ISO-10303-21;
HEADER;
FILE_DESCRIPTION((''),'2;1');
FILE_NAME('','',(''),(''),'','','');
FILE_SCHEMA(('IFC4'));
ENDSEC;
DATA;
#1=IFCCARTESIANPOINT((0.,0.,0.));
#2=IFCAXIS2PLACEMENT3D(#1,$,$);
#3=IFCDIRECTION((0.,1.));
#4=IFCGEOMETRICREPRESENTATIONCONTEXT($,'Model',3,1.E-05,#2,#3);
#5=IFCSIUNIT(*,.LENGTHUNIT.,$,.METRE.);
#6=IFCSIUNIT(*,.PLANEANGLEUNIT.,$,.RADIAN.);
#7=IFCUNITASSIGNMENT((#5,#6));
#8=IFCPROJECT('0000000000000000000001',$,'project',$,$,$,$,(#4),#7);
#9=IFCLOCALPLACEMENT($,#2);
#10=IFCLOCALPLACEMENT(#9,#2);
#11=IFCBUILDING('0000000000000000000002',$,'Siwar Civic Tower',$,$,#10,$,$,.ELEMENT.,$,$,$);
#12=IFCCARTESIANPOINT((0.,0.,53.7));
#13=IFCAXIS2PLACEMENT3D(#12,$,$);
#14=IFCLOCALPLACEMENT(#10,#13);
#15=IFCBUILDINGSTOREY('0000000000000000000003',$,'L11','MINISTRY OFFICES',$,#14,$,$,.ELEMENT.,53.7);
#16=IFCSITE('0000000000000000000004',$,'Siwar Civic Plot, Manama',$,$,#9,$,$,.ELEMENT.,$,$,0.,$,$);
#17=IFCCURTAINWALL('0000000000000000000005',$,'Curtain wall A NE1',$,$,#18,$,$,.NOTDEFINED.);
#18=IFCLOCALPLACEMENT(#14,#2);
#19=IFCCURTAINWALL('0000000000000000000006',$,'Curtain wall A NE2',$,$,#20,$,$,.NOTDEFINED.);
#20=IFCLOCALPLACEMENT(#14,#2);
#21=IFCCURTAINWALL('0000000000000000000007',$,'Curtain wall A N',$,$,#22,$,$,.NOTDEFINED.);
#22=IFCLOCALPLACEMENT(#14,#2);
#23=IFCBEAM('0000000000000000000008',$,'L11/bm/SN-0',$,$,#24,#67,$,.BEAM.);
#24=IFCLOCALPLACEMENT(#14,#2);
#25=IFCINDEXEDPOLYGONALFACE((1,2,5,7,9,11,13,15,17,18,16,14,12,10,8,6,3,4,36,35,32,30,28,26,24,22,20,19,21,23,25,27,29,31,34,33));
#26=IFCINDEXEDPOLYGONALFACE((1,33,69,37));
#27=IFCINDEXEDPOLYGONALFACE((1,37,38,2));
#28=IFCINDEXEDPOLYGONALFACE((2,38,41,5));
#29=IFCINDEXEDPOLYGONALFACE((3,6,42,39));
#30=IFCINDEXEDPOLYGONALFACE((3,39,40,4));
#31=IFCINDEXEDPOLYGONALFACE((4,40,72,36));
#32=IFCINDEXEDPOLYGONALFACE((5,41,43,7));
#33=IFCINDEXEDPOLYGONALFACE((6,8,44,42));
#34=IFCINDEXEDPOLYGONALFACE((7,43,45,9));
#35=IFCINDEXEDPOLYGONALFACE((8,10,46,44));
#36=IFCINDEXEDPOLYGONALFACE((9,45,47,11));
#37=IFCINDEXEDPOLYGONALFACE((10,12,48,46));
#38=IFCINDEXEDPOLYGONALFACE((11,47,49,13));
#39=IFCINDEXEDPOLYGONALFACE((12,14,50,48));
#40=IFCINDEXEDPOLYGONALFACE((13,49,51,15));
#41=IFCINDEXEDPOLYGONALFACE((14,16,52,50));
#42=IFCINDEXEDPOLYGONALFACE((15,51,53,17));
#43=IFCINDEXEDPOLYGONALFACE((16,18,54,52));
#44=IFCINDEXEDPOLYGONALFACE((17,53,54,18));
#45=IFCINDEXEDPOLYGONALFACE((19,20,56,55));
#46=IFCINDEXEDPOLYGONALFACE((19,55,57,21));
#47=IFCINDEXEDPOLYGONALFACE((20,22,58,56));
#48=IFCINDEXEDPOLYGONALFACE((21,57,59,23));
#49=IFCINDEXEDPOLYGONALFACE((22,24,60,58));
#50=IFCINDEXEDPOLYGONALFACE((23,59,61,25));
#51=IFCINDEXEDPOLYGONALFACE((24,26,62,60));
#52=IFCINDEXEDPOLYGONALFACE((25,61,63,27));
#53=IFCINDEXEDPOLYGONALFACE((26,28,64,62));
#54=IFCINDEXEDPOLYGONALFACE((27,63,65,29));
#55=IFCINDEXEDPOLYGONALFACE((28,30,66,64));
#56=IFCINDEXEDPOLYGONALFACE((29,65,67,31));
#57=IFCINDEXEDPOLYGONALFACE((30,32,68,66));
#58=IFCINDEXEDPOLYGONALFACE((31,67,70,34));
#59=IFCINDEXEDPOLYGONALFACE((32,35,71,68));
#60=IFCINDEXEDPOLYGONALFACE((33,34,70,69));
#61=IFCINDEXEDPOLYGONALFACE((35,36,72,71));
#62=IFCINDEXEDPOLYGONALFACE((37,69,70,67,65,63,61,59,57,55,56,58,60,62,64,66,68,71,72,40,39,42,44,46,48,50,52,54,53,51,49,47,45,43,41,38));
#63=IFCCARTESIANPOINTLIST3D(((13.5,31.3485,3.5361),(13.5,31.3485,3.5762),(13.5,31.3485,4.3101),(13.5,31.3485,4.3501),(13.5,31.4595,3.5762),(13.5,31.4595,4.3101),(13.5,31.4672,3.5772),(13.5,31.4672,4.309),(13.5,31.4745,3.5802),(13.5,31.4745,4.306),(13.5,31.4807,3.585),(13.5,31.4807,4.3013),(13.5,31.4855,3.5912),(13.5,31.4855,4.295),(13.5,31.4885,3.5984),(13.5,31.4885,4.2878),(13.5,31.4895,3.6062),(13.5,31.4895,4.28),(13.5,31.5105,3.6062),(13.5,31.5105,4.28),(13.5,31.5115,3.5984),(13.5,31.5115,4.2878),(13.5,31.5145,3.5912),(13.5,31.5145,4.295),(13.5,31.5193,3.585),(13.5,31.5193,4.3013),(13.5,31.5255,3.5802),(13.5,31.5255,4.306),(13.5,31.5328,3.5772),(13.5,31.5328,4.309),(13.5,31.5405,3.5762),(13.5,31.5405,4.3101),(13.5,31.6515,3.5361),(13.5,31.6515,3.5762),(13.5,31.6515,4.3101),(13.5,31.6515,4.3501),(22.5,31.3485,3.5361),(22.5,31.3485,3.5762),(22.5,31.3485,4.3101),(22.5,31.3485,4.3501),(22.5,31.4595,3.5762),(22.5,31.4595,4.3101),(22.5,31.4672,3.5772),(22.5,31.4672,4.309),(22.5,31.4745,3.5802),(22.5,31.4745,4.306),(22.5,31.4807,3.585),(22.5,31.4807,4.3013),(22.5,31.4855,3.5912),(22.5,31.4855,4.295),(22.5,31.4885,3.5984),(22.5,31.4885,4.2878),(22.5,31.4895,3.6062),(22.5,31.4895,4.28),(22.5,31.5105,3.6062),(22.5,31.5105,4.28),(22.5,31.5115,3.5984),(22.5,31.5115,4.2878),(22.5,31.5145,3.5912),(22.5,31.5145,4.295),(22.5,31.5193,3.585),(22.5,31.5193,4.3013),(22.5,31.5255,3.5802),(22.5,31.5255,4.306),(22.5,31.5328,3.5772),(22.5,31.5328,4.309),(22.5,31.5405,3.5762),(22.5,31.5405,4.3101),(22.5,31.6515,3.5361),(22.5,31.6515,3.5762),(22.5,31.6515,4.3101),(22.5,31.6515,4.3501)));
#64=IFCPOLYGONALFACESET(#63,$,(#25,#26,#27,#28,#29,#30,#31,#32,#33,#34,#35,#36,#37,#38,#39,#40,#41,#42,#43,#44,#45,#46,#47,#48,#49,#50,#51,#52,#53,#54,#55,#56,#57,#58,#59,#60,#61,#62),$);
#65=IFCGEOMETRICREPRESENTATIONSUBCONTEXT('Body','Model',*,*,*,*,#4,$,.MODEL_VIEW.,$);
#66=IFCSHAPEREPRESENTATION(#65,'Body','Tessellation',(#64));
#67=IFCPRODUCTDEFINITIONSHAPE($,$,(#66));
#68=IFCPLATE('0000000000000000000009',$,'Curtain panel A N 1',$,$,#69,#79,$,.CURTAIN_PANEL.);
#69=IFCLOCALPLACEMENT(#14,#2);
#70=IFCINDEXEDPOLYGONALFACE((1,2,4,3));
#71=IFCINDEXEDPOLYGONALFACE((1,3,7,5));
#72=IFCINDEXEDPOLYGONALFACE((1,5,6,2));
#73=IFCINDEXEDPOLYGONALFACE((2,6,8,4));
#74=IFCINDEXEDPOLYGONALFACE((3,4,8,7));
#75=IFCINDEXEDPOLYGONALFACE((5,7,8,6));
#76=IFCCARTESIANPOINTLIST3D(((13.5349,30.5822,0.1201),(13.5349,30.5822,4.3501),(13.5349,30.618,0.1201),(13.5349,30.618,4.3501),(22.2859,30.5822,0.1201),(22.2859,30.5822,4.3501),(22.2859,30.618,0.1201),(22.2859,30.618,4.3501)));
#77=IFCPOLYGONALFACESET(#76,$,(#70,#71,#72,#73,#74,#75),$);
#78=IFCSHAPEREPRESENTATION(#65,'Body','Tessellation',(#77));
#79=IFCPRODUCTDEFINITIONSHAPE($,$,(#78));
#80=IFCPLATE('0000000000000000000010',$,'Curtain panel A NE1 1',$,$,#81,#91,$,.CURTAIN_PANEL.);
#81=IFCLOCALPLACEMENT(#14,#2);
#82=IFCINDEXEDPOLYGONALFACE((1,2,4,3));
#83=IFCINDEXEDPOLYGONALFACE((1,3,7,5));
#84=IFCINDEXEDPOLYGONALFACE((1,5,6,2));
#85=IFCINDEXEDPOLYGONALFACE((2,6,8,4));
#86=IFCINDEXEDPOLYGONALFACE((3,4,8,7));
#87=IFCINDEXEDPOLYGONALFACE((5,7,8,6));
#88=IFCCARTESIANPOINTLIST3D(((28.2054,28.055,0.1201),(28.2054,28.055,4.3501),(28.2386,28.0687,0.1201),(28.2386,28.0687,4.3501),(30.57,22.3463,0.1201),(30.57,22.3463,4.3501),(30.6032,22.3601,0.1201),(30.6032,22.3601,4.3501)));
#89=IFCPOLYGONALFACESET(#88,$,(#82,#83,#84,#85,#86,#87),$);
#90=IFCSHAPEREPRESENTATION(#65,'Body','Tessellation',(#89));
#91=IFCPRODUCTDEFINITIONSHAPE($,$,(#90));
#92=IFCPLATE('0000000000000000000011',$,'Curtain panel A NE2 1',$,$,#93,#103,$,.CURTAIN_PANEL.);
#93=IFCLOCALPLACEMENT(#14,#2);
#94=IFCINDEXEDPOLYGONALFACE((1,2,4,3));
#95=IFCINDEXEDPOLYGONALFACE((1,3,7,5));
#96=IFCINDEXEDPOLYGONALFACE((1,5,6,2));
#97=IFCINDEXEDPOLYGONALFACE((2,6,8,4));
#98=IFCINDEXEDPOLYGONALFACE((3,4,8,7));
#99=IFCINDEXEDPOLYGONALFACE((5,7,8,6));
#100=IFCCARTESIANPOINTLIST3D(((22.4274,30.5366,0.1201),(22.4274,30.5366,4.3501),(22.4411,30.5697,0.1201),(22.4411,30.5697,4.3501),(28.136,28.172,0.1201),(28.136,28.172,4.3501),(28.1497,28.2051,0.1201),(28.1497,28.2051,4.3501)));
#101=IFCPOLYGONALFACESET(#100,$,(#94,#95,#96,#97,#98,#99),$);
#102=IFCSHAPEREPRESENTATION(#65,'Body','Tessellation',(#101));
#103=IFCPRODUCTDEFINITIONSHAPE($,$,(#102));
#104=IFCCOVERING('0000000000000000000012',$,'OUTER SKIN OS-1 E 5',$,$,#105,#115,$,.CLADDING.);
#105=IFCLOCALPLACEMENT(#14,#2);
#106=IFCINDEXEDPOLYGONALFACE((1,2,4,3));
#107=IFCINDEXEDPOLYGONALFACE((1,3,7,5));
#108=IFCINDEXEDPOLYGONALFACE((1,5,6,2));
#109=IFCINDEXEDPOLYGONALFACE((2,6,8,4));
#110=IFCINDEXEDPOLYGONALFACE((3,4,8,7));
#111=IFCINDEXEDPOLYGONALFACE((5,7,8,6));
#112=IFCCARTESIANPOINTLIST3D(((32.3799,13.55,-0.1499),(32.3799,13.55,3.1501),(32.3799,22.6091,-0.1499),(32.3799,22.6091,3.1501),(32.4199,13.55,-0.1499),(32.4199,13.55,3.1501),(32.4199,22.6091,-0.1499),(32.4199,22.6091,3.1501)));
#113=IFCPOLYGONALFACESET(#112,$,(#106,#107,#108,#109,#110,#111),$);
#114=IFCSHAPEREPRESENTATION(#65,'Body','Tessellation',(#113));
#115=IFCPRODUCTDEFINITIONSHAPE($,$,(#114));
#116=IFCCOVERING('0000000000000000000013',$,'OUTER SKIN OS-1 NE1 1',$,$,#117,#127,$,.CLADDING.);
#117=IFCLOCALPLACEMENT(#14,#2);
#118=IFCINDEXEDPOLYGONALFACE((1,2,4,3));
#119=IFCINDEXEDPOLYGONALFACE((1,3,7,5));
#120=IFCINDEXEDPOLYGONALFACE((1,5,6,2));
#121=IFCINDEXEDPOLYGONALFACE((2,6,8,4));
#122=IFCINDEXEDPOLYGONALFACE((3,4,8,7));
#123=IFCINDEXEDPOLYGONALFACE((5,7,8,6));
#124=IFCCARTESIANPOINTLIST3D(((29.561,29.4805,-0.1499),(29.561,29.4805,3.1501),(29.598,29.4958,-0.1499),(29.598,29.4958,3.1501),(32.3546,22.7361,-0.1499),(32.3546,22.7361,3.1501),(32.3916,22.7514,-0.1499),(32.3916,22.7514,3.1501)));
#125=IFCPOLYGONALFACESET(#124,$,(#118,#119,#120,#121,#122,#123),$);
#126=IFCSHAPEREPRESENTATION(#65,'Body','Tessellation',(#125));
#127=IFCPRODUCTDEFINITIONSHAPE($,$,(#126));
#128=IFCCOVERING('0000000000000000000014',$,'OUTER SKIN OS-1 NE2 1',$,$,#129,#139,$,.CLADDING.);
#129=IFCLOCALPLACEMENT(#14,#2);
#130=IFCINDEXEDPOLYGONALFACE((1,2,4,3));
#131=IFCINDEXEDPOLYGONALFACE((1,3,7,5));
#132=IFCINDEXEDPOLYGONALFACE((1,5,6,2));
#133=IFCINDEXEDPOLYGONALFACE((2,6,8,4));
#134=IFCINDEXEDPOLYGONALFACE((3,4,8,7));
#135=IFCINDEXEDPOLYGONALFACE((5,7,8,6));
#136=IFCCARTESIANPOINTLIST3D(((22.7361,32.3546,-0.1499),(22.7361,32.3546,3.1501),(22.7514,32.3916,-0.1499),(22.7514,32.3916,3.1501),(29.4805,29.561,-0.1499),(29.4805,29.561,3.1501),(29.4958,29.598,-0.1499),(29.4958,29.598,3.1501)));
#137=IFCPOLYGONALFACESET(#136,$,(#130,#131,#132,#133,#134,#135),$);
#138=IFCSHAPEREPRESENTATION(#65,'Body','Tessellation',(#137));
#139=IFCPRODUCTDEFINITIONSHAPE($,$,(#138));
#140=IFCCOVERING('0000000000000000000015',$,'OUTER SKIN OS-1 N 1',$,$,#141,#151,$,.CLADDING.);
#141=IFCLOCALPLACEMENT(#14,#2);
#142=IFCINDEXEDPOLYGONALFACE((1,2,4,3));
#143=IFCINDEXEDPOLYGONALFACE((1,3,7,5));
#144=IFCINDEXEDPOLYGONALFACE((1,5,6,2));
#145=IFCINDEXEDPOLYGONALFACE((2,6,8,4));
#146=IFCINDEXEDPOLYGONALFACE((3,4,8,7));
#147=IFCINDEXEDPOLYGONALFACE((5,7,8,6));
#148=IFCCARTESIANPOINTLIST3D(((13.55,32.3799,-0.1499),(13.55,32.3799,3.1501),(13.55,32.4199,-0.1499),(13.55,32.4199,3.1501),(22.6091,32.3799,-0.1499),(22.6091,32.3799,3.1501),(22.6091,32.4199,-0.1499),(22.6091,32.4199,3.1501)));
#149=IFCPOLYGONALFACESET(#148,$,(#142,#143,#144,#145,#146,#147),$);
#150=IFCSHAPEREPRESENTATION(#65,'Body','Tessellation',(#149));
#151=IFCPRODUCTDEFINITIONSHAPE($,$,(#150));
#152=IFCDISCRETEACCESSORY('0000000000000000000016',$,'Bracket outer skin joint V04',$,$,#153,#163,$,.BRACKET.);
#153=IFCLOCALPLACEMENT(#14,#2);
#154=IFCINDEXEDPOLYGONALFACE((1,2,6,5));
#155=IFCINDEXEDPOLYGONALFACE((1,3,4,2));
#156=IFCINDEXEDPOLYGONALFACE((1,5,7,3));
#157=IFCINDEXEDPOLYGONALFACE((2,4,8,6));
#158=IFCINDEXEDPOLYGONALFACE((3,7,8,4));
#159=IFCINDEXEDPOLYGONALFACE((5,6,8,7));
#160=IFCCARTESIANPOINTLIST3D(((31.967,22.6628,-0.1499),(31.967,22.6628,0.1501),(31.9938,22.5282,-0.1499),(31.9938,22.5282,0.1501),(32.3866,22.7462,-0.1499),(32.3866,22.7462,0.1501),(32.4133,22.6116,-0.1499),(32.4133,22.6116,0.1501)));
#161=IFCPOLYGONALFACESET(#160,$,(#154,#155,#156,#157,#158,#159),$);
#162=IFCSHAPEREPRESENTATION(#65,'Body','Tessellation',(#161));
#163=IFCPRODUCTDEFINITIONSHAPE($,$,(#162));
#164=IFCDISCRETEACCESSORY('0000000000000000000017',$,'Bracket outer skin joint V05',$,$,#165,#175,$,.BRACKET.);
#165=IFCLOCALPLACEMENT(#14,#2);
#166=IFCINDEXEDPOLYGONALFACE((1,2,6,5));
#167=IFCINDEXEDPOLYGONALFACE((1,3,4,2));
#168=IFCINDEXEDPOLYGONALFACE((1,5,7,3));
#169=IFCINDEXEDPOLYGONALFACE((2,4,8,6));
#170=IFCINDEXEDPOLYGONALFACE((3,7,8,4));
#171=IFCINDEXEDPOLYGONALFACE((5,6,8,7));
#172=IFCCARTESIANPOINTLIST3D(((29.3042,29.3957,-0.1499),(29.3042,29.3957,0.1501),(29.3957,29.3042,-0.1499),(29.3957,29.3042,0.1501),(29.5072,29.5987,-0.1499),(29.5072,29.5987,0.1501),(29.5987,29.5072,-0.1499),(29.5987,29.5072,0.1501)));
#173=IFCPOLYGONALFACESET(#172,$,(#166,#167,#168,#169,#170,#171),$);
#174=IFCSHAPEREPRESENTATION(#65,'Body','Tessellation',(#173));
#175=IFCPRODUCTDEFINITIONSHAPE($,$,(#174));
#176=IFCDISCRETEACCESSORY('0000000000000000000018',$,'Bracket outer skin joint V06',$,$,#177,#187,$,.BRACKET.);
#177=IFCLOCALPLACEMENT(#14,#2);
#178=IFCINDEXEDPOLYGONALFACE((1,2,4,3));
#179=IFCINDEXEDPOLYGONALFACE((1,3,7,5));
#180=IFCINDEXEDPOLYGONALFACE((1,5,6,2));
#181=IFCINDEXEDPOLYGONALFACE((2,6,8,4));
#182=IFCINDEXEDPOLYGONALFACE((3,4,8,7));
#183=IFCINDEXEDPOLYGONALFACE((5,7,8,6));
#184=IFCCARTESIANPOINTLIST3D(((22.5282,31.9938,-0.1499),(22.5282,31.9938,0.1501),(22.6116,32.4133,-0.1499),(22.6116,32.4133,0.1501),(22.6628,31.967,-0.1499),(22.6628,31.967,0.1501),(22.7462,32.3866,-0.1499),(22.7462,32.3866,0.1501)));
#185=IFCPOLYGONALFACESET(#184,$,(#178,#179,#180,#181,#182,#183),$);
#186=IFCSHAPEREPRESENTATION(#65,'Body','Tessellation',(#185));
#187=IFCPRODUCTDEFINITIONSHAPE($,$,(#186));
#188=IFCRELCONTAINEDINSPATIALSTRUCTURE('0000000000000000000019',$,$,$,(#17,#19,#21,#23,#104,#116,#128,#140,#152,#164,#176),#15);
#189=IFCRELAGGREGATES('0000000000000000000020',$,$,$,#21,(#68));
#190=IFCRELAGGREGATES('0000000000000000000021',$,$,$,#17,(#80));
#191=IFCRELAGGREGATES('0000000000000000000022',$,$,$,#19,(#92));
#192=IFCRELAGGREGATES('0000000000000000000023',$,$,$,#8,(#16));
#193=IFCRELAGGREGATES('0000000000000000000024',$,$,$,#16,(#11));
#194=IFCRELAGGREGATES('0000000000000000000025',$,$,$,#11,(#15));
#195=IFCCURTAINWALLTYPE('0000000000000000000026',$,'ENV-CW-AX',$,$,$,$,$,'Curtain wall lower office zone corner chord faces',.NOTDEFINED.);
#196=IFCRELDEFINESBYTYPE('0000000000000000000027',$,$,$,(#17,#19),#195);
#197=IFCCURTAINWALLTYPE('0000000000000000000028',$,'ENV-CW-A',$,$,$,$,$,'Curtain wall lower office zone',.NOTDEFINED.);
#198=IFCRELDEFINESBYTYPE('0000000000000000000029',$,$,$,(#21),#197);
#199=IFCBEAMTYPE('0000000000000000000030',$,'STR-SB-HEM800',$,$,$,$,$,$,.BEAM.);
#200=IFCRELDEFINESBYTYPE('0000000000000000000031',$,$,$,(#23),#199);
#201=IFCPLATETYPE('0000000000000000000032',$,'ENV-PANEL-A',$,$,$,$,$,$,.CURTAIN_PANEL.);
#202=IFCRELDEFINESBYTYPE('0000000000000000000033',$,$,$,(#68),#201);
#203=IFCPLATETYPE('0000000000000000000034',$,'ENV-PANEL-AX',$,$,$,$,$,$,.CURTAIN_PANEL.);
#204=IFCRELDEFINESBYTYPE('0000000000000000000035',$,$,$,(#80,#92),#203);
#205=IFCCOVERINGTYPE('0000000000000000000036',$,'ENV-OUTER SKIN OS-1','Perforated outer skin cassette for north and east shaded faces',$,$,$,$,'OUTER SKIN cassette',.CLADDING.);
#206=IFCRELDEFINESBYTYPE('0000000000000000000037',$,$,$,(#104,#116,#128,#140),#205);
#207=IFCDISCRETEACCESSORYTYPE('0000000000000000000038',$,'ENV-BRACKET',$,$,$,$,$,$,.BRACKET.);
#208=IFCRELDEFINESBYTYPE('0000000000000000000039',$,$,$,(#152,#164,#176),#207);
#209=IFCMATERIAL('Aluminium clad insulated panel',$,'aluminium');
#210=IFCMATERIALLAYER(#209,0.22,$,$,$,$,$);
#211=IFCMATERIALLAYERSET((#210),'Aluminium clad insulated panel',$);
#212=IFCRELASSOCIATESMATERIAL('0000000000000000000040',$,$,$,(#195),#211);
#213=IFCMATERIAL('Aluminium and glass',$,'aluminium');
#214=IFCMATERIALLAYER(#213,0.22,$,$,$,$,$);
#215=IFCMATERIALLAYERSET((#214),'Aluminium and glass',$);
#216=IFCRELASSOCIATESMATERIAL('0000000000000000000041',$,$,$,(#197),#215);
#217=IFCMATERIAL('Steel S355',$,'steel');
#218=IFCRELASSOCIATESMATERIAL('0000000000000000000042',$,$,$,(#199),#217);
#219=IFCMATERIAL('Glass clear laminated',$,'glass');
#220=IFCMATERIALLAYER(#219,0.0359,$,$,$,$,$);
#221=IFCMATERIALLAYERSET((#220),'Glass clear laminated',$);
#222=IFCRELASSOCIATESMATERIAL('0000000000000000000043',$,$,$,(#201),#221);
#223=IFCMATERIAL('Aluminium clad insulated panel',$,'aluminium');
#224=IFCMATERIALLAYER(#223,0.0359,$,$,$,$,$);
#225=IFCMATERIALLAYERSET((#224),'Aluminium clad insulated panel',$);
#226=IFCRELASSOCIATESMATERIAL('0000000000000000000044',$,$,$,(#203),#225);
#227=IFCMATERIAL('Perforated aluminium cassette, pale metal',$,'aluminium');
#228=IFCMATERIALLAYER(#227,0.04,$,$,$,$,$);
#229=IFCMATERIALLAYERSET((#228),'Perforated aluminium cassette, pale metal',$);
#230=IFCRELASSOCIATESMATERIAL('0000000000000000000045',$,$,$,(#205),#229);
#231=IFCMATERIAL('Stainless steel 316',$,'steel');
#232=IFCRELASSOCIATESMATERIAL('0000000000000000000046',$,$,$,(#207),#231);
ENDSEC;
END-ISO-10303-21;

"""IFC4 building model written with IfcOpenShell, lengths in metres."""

from ifc_helpers import new_model, si_unit, direction, frame, origin, origin_2d, place, context, subcontext, project, spatial, rectangle, i_section, extrude, material, layer, layer_set, material_profile, profile_set, type_object, element, aggregate, save


model = new_model("IFC4")

# Units and contexts
model_context = context("Model", 3, precision=1e-05, world=origin(), true_north=direction((0.0, 1.0)))
body_context = subcontext(model_context, "Body", "Model", "MODEL_VIEW")
ifc_project = project(units=[si_unit("LENGTHUNIT", "METRE"), si_unit("PLANEANGLEUNIT", "RADIAN")], contexts=[model_context])

# Site, building, storey
site_placement = place(None, origin())
site = spatial("IfcSite", under=ifc_project, at=site_placement, Name="Siwar Civic Plot, Manama", CompositionType="ELEMENT", RefElevation=0.0)
building_placement = place(site_placement, origin())
building = spatial("IfcBuilding", under=site, at=building_placement, Name="Siwar Civic Tower", CompositionType="ELEMENT")
storey_placement = place(building_placement, frame((0.0, 0.0, 53.7)))
storey = spatial("IfcBuildingStorey", under=building, at=storey_placement, Name="L11", Description="MINISTRY OFFICES", CompositionType="ELEMENT", Elevation=53.7)

# Curtain walls
ifc_material_1 = material(Name="Aluminium clad insulated panel", Category="aluminium")
ifc_layer_1 = layer(ifc_material_1, 0.22)
ifc_layer_set_1 = layer_set([ifc_layer_1], Name="Aluminium clad insulated panel")
curtain_wall_type_1 = type_object("IfcCurtainWallType", Name="ENV-CW-AX", ElementType="Curtain wall lower office zone corner chord faces", PredefinedType="NOTDEFINED", material=ifc_layer_set_1)
curtain_wall_1_placement = place(storey_placement, origin())
curtain_wall_1 = element("IfcCurtainWall", 1, at=curtain_wall_1_placement, inside=storey, type_object=curtain_wall_type_1, Name="Curtain wall A NE1", PredefinedType="NOTDEFINED")
curtain_wall_2_placement = place(storey_placement, origin())
curtain_wall_2 = element("IfcCurtainWall", 2, at=curtain_wall_2_placement, inside=storey, type_object=curtain_wall_type_1, Name="Curtain wall A NE2", PredefinedType="NOTDEFINED")
ifc_material_2 = material(Name="Aluminium and glass", Category="aluminium")
ifc_layer_2 = layer(ifc_material_2, 0.22)
ifc_layer_set_2 = layer_set([ifc_layer_2], Name="Aluminium and glass")
curtain_wall_type_2 = type_object("IfcCurtainWallType", Name="ENV-CW-A", ElementType="Curtain wall lower office zone", PredefinedType="NOTDEFINED", material=ifc_layer_set_2)
curtain_wall_3_placement = place(storey_placement, origin())
curtain_wall_3 = element("IfcCurtainWall", 3, at=curtain_wall_3_placement, inside=storey, type_object=curtain_wall_type_2, Name="Curtain wall A N", PredefinedType="NOTDEFINED")

# Beam
ifc_material_3 = material(Name="Steel S355", Category="steel")
ifc_material_profile_1 = material_profile(ifc_material_3, i_section(OverallWidth=0.303, OverallDepth=0.814, WebThickness=0.021, FlangeThickness=0.04, FilletRadius=0.03, at=origin_2d()), Name="HEM800")
ifc_profile_set_1 = profile_set([ifc_material_profile_1], Name="Steel S355")
beam_type_1 = type_object("IfcBeamType", Name="STR-SB-HEM800", PredefinedType="BEAM", material=ifc_profile_set_1)
beam_1_placement = place(storey_placement, frame((22.5, 31.5, 3.9431), z_axis=(-1.0, 0.0, 0.0), x_axis=(0.0, -1.0, 0.0)))
element("IfcBeam", 4, at=beam_1_placement, inside=storey, type_object=beam_type_1, Name="L11/bm/SN-0", PredefinedType="BEAM", context=body_context, shape_type="SweptSolid", body=[
    extrude(i_section(OverallWidth=0.303, OverallDepth=0.814, WebThickness=0.021, FlangeThickness=0.04, FilletRadius=0.03, at=origin_2d()), origin(), (0.0, 0.0, 1.0), 9.0),
])

# Plates
ifc_material_4 = material(Name="Glass clear laminated", Category="glass")
ifc_layer_3 = layer(ifc_material_4, 0.0359)
ifc_layer_set_3 = layer_set([ifc_layer_3], Name="Glass clear laminated")
plate_type_1 = type_object("IfcPlateType", Name="ENV-PANEL-A", PredefinedType="CURTAIN_PANEL", material=ifc_layer_set_3)
plate_1_placement = place(storey_placement, frame((17.9104, 30.6001, 0.1201), z_axis=(0.0, 0.0, 1.0), x_axis=(-1.0, 0.0, 0.0)))
plate_1 = element("IfcPlate", 5, at=plate_1_placement, type_object=plate_type_1, Name="Curtain panel A N 1", PredefinedType="CURTAIN_PANEL", context=body_context, shape_type="SweptSolid", body=[
    extrude(rectangle(XDim=8.751, YDim=0.0359, at=origin_2d()), origin(), (0.0, 0.0, 1.0), 4.23),
])
aggregate(curtain_wall_3, [plate_1])
ifc_material_5 = material(Name="Aluminium clad insulated panel", Category="aluminium")
ifc_layer_4 = layer(ifc_material_5, 0.0359)
ifc_layer_set_4 = layer_set([ifc_layer_4], Name="Aluminium clad insulated panel")
plate_type_2 = type_object("IfcPlateType", Name="ENV-PANEL-AX", PredefinedType="CURTAIN_PANEL", material=ifc_layer_set_4)
plate_2_placement = place(storey_placement, frame((29.4043, 25.2075, 0.1201), z_axis=(0.0, 0.0, 1.0), x_axis=(-0.382683, 0.92388, 0.0)))
plate_2 = element("IfcPlate", 6, at=plate_2_placement, type_object=plate_type_2, Name="Curtain panel A NE1 1", PredefinedType="CURTAIN_PANEL", context=body_context, shape_type="SweptSolid", body=[
    extrude(rectangle(XDim=6.179, YDim=0.0359, at=origin_2d()), origin(), (0.0, 0.0, 1.0), 4.23),
])
aggregate(curtain_wall_1, [plate_2])
plate_3_placement = place(storey_placement, frame((25.2886, 29.3708, 0.1201), z_axis=(0.0, 0.0, 1.0), x_axis=(-0.92388, 0.382683, 0.0)))
plate_3 = element("IfcPlate", 7, at=plate_3_placement, type_object=plate_type_2, Name="Curtain panel A NE2 1", PredefinedType="CURTAIN_PANEL", context=body_context, shape_type="SweptSolid", body=[
    extrude(rectangle(XDim=6.179, YDim=0.0359, at=origin_2d()), origin(), (0.0, 0.0, 1.0), 4.23),
])
aggregate(curtain_wall_2, [plate_3])

# Coverings
ifc_material_6 = material(Name="Perforated aluminium cassette, pale metal", Category="aluminium")
ifc_layer_5 = layer(ifc_material_6, 0.04)
ifc_layer_set_5 = layer_set([ifc_layer_5], Name="Perforated aluminium cassette, pale metal")
covering_type = type_object("IfcCoveringType", Name="ENV-OUTER SKIN OS-1", Description="Perforated outer skin cassette for north and east shaded faces", ElementType="OUTER SKIN cassette", PredefinedType="CLADDING", material=ifc_layer_set_5)
covering_1_placement = place(storey_placement, frame((32.3999, 18.0796, -0.1499), z_axis=(0.0, 0.0, 1.0), x_axis=(0.0, 1.0, 0.0)))
element("IfcCovering", 8, at=covering_1_placement, inside=storey, type_object=covering_type, Name="OUTER SKIN OS-1 E 5", PredefinedType="CLADDING", context=body_context, shape_type="SweptSolid", body=[
    extrude(rectangle(XDim=9.0591, YDim=0.04, at=origin_2d()), origin(), (0.0, 0.0, 1.0), 3.3),
])
for number, where, z_axis, x_axis, name in (
    (9, (30.9763, 26.116, -0.1499), (0.0, 0.0, 1.0), (-0.382683, 0.92388, 0.0), "OUTER SKIN OS-1 NE1 1"),
    (10, (26.116, 30.9763, -0.1499), (0.0, 0.0, 1.0), (-0.92388, 0.382683, 0.0), "OUTER SKIN OS-1 NE2 1"),
):
    element("IfcCovering", number, at=place(storey_placement, frame(where, z_axis=z_axis, x_axis=x_axis)), inside=storey, type_object=covering_type, Name=name, PredefinedType="CLADDING", context=body_context, shape_type="SweptSolid", body=[
        extrude(rectangle(XDim=7.3, YDim=0.04, at=origin_2d()), origin(), (0.0, 0.0, 1.0), 3.3),
    ])
covering_2_placement = place(storey_placement, frame((18.0796, 32.3999, -0.1499), z_axis=(0.0, 0.0, 1.0), x_axis=(-1.0, 0.0, 0.0)))
element("IfcCovering", 11, at=covering_2_placement, inside=storey, type_object=covering_type, Name="OUTER SKIN OS-1 N 1", PredefinedType="CLADDING", context=body_context, shape_type="SweptSolid", body=[
    extrude(rectangle(XDim=9.0591, YDim=0.04, at=origin_2d()), origin(), (0.0, 0.0, 1.0), 3.3),
])

# Discrete accessories
ifc_material_7 = material(Name="Stainless steel 316", Category="steel")
discrete_accessory_type = type_object("IfcDiscreteAccessoryType", Name="ENV-BRACKET", PredefinedType="BRACKET", material=ifc_material_7)
discrete_accessory_1_placement = place(storey_placement, frame((32.1902, 22.6372, -0.1499), z_axis=(0.0, 0.0, 1.0), x_axis=(0.980785, 0.19509, 0.0)))
element("IfcDiscreteAccessory", 12, at=discrete_accessory_1_placement, inside=storey, type_object=discrete_accessory_type, Name="Bracket outer skin joint V04", PredefinedType="BRACKET", context=body_context, shape_type="SweptSolid", body=[
    extrude(rectangle(XDim=0.4277, YDim=0.1372, at=origin_2d()), origin(), (0.0, 0.0, 1.0), 0.3),
])
discrete_accessory_2_placement = place(storey_placement, frame((29.4514, 29.4514, -0.1499), z_axis=(0.0, 0.0, 1.0), x_axis=(0.707107, 0.707107, 0.0)))
element("IfcDiscreteAccessory", 13, at=discrete_accessory_2_placement, inside=storey, type_object=discrete_accessory_type, Name="Bracket outer skin joint V05", PredefinedType="BRACKET", context=body_context, shape_type="SweptSolid", body=[
    extrude(rectangle(XDim=0.2871, YDim=0.1294, at=origin_2d()), origin(), (0.0, 0.0, 1.0), 0.3),
])
discrete_accessory_3_placement = place(storey_placement, frame((22.6372, 32.1902, -0.1499), z_axis=(0.0, 0.0, 1.0), x_axis=(0.19509, 0.980785, 0.0)))
element("IfcDiscreteAccessory", 14, at=discrete_accessory_3_placement, inside=storey, type_object=discrete_accessory_type, Name="Bracket outer skin joint V06", PredefinedType="BRACKET", context=body_context, shape_type="SweptSolid", body=[
    extrude(rectangle(XDim=0.4277, YDim=0.1372, at=origin_2d()), origin(), (0.0, 0.0, 1.0), 0.3),
])

save(model, "model.ifc")
